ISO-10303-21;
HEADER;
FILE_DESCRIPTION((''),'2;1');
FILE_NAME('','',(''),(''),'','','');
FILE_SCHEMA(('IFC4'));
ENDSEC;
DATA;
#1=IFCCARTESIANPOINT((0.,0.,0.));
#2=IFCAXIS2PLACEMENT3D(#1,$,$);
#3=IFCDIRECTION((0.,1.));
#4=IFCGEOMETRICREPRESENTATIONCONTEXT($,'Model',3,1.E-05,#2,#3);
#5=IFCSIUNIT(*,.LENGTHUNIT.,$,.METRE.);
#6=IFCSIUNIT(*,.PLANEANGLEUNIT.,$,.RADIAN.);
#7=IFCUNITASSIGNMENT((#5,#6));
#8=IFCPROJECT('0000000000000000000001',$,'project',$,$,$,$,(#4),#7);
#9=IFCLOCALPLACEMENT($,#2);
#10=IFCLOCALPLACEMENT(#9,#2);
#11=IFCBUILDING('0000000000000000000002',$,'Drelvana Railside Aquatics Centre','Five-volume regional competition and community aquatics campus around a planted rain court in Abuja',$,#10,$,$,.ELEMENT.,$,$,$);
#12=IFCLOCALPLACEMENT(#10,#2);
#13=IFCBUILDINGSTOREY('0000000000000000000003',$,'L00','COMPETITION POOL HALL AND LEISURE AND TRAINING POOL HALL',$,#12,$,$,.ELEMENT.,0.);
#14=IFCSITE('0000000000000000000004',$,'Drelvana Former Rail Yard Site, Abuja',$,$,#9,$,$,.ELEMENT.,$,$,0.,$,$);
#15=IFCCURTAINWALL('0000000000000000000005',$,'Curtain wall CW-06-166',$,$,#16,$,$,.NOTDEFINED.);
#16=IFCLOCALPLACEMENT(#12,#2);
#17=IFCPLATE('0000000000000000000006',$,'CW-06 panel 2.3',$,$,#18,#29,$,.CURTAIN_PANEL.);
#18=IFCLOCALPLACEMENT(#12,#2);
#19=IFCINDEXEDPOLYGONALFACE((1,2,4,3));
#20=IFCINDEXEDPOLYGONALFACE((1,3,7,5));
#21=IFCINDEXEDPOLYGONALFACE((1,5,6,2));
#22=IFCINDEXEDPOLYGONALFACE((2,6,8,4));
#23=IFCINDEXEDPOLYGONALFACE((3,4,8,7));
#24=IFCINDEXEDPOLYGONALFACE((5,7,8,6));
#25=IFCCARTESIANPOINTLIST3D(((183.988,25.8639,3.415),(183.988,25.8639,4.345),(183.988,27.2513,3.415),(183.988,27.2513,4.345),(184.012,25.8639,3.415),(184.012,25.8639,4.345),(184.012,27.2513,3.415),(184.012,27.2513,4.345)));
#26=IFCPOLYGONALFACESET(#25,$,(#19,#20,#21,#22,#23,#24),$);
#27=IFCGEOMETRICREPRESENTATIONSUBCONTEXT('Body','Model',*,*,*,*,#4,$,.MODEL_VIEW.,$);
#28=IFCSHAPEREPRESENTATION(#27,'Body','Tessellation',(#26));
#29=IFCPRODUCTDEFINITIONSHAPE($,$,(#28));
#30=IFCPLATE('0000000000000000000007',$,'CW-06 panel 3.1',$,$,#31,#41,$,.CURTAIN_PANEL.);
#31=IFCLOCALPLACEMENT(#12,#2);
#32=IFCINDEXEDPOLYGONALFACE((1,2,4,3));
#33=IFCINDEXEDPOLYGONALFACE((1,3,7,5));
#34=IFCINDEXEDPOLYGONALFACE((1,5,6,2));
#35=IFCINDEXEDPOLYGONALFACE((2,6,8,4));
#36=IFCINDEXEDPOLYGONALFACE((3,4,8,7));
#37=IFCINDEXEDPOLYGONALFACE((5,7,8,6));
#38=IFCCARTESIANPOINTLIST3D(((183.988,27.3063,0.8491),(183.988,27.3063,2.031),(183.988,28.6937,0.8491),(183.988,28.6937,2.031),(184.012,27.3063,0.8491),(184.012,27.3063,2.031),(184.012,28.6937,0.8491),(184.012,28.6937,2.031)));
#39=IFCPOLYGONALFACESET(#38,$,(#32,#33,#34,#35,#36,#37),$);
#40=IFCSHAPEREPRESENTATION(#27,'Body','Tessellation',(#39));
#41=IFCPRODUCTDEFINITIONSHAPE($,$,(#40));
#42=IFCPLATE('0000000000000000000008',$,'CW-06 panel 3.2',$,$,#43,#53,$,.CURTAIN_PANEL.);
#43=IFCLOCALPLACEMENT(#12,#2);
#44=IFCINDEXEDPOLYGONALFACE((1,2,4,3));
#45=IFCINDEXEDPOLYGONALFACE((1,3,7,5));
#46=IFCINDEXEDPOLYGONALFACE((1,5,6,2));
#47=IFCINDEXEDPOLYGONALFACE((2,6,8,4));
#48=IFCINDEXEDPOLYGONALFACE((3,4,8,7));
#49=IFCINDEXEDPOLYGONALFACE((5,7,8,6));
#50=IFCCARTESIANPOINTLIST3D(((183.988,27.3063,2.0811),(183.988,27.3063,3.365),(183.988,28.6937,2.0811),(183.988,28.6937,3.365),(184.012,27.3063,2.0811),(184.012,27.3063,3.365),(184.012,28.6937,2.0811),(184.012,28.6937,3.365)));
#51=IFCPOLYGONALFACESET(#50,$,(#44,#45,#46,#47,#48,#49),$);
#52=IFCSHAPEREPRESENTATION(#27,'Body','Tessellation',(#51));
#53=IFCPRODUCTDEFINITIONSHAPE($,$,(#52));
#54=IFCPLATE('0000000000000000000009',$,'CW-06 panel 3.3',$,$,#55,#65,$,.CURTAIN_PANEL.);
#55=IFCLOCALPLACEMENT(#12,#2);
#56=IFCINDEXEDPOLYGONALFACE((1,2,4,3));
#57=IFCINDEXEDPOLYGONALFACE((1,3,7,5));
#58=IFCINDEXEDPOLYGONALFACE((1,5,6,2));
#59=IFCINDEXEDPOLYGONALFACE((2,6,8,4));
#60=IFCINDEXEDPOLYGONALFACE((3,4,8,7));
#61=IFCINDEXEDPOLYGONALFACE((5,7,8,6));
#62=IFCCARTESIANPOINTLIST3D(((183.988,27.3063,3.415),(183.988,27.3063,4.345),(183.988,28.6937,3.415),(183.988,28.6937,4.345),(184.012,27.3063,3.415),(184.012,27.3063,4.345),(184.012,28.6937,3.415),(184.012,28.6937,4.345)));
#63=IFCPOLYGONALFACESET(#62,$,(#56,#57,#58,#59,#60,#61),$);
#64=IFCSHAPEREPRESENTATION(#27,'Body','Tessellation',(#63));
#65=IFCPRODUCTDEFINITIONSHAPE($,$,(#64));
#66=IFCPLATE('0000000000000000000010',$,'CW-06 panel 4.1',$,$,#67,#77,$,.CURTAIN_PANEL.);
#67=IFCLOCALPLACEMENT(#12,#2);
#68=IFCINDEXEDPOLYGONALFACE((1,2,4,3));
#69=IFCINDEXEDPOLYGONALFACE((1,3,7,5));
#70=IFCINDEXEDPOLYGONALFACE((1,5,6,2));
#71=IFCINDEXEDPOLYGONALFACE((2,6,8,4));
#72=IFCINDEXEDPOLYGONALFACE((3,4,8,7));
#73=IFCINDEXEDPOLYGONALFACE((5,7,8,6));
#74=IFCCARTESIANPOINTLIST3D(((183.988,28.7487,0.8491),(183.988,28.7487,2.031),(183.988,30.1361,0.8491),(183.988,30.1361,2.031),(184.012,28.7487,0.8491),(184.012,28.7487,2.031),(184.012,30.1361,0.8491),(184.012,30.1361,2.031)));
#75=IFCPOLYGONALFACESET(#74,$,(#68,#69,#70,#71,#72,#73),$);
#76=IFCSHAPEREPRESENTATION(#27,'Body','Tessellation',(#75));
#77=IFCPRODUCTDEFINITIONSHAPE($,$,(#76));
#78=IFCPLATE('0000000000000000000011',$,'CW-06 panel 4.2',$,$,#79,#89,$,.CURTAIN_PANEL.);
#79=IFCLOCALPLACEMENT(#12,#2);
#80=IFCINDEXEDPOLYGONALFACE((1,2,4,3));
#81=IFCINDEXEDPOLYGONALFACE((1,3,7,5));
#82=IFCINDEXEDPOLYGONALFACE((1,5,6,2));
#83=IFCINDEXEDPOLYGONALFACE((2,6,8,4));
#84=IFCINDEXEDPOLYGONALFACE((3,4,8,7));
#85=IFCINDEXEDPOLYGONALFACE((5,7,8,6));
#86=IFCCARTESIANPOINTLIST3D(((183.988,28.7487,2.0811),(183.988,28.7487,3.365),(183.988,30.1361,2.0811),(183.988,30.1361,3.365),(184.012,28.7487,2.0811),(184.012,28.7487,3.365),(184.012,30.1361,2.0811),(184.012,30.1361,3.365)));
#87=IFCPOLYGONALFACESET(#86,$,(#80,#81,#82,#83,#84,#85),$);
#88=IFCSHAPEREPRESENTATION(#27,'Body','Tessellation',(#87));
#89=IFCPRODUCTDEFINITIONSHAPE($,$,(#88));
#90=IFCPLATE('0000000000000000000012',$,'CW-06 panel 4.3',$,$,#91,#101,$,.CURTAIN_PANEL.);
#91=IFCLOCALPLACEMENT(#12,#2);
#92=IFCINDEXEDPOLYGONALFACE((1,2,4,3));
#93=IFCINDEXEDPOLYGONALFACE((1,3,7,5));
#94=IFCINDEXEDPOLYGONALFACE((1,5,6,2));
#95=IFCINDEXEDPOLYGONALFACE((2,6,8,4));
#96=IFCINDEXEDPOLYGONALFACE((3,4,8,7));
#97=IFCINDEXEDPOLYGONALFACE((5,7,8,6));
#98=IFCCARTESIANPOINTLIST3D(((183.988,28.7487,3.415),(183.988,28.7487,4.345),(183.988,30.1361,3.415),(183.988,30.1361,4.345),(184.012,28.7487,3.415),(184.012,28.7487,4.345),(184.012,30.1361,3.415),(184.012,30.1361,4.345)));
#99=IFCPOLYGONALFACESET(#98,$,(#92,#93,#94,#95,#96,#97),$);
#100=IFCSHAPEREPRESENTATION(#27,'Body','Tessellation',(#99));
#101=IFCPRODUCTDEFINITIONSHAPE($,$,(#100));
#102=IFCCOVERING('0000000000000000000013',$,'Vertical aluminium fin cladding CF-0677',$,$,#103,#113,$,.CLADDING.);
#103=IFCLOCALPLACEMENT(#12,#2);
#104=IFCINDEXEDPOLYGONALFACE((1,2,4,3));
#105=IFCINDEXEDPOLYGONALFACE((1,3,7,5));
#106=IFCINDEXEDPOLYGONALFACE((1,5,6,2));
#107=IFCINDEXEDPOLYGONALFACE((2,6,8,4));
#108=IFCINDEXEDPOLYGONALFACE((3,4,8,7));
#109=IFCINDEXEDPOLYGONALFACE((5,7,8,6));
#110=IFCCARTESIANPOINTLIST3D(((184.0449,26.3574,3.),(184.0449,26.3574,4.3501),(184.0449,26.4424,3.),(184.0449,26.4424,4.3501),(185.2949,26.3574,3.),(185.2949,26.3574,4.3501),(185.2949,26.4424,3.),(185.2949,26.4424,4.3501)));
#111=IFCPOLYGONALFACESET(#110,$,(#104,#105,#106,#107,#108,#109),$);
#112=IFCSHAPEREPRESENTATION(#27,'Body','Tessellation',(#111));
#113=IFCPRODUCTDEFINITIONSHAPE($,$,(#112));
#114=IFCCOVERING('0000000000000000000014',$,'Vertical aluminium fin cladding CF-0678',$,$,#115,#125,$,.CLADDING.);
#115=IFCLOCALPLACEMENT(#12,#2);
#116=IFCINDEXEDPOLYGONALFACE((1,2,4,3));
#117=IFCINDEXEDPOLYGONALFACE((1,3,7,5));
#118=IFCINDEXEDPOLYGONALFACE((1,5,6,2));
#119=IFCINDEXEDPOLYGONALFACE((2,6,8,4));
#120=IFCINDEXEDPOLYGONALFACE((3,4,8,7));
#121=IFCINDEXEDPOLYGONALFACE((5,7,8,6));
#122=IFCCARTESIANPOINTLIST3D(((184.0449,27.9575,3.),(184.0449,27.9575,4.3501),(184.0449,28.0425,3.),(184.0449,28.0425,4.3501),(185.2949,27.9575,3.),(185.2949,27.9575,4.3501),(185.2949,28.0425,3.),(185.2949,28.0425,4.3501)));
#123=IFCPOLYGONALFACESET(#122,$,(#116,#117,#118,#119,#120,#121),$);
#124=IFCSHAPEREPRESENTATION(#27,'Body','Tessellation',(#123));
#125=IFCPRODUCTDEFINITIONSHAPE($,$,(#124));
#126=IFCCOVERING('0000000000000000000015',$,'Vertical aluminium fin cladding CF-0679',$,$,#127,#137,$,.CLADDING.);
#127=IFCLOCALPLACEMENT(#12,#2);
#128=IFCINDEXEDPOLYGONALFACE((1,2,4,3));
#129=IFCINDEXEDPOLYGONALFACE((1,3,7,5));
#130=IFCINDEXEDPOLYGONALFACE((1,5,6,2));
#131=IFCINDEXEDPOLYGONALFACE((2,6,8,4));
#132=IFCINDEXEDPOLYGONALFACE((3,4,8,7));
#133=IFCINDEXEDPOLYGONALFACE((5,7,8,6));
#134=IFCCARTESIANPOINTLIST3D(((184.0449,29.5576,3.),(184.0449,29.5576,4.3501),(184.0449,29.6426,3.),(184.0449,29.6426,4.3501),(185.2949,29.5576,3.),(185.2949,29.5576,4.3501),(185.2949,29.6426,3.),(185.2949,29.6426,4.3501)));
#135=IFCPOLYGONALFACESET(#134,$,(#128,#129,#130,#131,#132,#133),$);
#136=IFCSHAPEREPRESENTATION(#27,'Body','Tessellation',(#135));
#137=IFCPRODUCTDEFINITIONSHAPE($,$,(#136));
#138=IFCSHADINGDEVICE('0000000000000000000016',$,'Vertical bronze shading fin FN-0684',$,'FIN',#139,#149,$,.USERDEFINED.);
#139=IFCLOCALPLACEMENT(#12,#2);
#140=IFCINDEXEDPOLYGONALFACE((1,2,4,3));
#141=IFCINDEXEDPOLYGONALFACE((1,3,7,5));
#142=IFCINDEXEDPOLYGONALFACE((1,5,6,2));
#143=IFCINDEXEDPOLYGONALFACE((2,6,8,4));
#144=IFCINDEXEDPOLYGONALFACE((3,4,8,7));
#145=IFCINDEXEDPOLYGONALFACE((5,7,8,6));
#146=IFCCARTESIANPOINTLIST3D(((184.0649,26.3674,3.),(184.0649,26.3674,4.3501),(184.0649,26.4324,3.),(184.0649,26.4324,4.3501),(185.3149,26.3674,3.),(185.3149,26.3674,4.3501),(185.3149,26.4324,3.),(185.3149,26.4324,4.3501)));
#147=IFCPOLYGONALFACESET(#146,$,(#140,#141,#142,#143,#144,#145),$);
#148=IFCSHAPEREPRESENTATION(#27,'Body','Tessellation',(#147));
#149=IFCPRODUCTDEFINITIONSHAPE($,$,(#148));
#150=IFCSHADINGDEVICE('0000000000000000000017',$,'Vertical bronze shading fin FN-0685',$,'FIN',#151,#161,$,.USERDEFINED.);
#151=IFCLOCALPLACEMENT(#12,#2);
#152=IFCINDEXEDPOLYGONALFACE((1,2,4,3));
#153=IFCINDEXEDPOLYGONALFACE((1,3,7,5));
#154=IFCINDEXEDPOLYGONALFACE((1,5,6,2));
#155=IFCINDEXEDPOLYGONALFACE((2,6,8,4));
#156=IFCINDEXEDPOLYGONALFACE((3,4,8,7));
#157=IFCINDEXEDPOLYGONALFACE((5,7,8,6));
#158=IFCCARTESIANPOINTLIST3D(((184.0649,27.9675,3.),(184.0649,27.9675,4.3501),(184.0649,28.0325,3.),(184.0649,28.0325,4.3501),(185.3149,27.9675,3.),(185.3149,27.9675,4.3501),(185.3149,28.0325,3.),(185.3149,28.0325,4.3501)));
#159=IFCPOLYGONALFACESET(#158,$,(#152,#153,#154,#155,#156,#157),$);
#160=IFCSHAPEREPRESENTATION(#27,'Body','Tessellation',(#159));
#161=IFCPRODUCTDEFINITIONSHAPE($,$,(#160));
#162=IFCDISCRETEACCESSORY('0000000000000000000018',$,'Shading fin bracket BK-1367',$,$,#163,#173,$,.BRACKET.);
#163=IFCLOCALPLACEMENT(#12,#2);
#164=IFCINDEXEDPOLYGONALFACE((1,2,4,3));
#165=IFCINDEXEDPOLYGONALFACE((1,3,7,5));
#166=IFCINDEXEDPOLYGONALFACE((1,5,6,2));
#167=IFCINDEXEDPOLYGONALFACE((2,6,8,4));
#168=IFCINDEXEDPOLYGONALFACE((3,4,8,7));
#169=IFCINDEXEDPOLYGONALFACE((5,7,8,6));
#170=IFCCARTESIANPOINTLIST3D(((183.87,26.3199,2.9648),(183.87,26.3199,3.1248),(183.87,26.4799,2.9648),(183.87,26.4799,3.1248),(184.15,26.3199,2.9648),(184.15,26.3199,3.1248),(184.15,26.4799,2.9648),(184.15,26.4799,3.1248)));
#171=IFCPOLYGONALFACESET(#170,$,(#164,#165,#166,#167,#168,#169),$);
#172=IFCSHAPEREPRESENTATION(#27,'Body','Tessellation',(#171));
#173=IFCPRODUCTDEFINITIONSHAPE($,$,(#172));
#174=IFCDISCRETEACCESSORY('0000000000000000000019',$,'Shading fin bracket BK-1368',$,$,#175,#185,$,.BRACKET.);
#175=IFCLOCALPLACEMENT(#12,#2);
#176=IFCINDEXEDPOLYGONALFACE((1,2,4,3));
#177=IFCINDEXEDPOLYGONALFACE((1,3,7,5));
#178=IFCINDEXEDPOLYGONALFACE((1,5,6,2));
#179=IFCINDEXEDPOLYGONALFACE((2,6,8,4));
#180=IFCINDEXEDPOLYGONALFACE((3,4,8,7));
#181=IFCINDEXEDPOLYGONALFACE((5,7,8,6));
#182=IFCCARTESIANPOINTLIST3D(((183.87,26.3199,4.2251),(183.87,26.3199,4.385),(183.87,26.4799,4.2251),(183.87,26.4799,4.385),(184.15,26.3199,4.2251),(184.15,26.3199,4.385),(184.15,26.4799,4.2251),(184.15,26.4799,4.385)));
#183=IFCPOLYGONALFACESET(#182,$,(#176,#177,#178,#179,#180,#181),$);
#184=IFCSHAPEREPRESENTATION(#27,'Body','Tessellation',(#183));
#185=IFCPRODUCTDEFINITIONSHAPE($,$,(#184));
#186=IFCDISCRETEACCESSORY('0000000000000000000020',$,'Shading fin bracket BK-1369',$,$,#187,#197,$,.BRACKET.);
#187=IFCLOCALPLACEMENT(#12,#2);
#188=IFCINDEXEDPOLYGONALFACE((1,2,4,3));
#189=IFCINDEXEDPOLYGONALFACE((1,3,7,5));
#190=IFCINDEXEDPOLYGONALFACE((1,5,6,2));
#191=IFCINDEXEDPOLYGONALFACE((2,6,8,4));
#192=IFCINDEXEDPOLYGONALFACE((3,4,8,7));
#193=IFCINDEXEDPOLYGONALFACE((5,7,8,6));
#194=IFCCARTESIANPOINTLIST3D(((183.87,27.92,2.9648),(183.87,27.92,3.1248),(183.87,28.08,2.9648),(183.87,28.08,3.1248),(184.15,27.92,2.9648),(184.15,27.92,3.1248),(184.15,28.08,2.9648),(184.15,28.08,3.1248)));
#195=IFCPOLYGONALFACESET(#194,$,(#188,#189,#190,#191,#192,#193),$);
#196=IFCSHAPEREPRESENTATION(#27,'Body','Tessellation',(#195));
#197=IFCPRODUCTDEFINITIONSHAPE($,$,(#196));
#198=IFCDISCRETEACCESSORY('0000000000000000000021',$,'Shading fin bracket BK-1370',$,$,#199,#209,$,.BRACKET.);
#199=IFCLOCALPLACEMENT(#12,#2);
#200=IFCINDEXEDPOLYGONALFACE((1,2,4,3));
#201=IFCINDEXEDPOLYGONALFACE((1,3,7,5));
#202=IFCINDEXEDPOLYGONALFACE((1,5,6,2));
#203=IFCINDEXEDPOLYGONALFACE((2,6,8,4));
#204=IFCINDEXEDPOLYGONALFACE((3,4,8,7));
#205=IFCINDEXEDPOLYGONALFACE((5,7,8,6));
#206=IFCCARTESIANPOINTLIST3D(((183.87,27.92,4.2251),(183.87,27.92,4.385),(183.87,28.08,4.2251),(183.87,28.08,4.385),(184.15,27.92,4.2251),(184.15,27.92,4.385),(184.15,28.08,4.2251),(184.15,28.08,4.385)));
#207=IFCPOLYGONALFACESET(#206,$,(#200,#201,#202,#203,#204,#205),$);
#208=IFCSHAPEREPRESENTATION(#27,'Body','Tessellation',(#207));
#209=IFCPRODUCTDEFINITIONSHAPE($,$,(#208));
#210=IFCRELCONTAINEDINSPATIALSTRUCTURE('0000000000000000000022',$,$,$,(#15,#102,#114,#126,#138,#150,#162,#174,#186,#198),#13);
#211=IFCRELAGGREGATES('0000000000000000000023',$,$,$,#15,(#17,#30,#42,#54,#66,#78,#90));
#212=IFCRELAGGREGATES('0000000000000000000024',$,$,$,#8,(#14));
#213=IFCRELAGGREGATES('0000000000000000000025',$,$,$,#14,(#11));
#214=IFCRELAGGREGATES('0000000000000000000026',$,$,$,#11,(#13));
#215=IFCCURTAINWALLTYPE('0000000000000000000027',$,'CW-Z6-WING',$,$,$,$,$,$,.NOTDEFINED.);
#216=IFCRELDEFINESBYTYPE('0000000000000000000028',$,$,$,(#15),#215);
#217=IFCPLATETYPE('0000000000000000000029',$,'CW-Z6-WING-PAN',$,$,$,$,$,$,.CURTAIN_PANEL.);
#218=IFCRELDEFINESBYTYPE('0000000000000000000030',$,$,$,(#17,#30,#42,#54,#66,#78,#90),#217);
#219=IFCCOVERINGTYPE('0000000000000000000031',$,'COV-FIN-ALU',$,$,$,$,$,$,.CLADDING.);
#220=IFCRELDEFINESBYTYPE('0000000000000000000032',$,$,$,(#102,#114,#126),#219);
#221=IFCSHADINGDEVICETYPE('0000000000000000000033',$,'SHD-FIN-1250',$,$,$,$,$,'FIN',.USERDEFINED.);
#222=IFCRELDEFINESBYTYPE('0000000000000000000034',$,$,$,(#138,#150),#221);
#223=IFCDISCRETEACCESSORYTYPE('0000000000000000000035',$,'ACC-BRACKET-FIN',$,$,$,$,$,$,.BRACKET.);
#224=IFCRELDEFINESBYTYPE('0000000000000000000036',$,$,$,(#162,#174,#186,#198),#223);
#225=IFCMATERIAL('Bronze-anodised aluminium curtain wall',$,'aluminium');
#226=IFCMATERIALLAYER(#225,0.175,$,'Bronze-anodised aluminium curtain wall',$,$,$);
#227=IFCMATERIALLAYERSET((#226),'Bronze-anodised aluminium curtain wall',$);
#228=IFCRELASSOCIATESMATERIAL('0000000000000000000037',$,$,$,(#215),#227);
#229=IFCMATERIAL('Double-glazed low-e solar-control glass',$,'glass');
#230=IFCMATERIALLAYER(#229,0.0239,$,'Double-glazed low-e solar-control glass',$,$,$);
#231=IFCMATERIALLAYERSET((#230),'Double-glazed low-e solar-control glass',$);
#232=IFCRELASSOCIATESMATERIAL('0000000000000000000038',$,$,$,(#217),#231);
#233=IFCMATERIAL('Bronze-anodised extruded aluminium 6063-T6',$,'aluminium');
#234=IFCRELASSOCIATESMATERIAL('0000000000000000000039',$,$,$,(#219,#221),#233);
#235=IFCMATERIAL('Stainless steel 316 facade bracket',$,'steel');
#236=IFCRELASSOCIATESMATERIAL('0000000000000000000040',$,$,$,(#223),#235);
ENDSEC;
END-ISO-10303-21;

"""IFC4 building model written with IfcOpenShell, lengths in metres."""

from ifc_helpers import new_model, si_unit, direction, frame, origin, origin_2d, place, context, subcontext, project, spatial, rectangle, extrude, material, layer, layer_set, type_object, element, aggregate, save


model = new_model("IFC4")

# Units and contexts
model_context = context("Model", 3, precision=1e-05, world=origin(), true_north=direction((0.0, 1.0)))
body_context = subcontext(model_context, "Body", "Model", "MODEL_VIEW")
ifc_project = project(units=[si_unit("LENGTHUNIT", "METRE"), si_unit("PLANEANGLEUNIT", "RADIAN")], contexts=[model_context])

# Site, building, storey
site_placement = place(None, origin())
site = spatial("IfcSite", under=ifc_project, at=site_placement, Name="Drelvana Former Rail Yard Site, Abuja", CompositionType="ELEMENT", RefElevation=0.0)
building_placement = place(site_placement, origin())
building = spatial("IfcBuilding", under=site, at=building_placement, Name="Drelvana Railside Aquatics Centre", Description="Five-volume regional competition and community aquatics campus around a planted rain court in Abuja", CompositionType="ELEMENT")
storey_placement = place(building_placement, origin())
storey = spatial("IfcBuildingStorey", under=building, at=storey_placement, Name="L00", Description="COMPETITION POOL HALL AND LEISURE AND TRAINING POOL HALL", CompositionType="ELEMENT", Elevation=0.0)

# Curtain wall, plates
ifc_material_1 = material(Name="Bronze-anodised aluminium curtain wall", Category="aluminium")
ifc_layer_1 = layer(ifc_material_1, 0.175, Name="Bronze-anodised aluminium curtain wall")
ifc_layer_set_1 = layer_set([ifc_layer_1], Name="Bronze-anodised aluminium curtain wall")
curtain_wall_type = type_object("IfcCurtainWallType", Name="CW-Z6-WING", PredefinedType="NOTDEFINED", material=ifc_layer_set_1)
curtain_wall_placement = place(storey_placement, origin())
curtain_wall = element("IfcCurtainWall", 1, at=curtain_wall_placement, inside=storey, type_object=curtain_wall_type, Name="Curtain wall CW-06-166", PredefinedType="NOTDEFINED")
ifc_material_2 = material(Name="Double-glazed low-e solar-control glass", Category="glass")
ifc_layer_2 = layer(ifc_material_2, 0.0239, Name="Double-glazed low-e solar-control glass")
ifc_layer_set_2 = layer_set([ifc_layer_2], Name="Double-glazed low-e solar-control glass")
plate_type = type_object("IfcPlateType", Name="CW-Z6-WING-PAN", PredefinedType="CURTAIN_PANEL", material=ifc_layer_set_2)
plate_1_placement = place(storey_placement, frame((184.0, 26.5576, 3.415), z_axis=(0.0, 0.0, 1.0), x_axis=(0.0, 1.0, 0.0)))
plate_1 = element("IfcPlate", 2, at=plate_1_placement, type_object=plate_type, Name="CW-06 panel 2.3", PredefinedType="CURTAIN_PANEL", context=body_context, shape_type="SweptSolid", body=[
    extrude(rectangle(XDim=1.3875, YDim=0.0239, at=origin_2d()), origin(), (0.0, 0.0, 1.0), 0.9299),
])
plate_2_placement = place(storey_placement, frame((184.0, 28.0, 0.8491), z_axis=(0.0, 0.0, 1.0), x_axis=(0.0, 1.0, 0.0)))
plate_2 = element("IfcPlate", 3, at=plate_2_placement, type_object=plate_type, Name="CW-06 panel 3.1", PredefinedType="CURTAIN_PANEL", context=body_context, shape_type="SweptSolid", body=[
    extrude(rectangle(XDim=1.3875, YDim=0.0239, at=origin_2d()), origin(), (0.0, 0.0, 1.0), 1.1819),
])
plate_3_placement = place(storey_placement, frame((184.0, 28.0, 2.0811), z_axis=(0.0, 0.0, 1.0), x_axis=(0.0, 1.0, 0.0)))
plate_3 = element("IfcPlate", 4, at=plate_3_placement, type_object=plate_type, Name="CW-06 panel 3.2", PredefinedType="CURTAIN_PANEL", context=body_context, shape_type="SweptSolid", body=[
    extrude(rectangle(XDim=1.3875, YDim=0.0239, at=origin_2d()), origin(), (0.0, 0.0, 1.0), 1.2839),
])
plate_4_placement = place(storey_placement, frame((184.0, 28.0, 3.415), z_axis=(0.0, 0.0, 1.0), x_axis=(0.0, 1.0, 0.0)))
plate_4 = element("IfcPlate", 5, at=plate_4_placement, type_object=plate_type, Name="CW-06 panel 3.3", PredefinedType="CURTAIN_PANEL", context=body_context, shape_type="SweptSolid", body=[
    extrude(rectangle(XDim=1.3875, YDim=0.0239, at=origin_2d()), origin(), (0.0, 0.0, 1.0), 0.9299),
])
plate_5_placement = place(storey_placement, frame((184.0, 29.4424, 0.8491), z_axis=(0.0, 0.0, 1.0), x_axis=(0.0, 1.0, 0.0)))
plate_5 = element("IfcPlate", 6, at=plate_5_placement, type_object=plate_type, Name="CW-06 panel 4.1", PredefinedType="CURTAIN_PANEL", context=body_context, shape_type="SweptSolid", body=[
    extrude(rectangle(XDim=1.3875, YDim=0.0239, at=origin_2d()), origin(), (0.0, 0.0, 1.0), 1.1819),
])
plate_6_placement = place(storey_placement, frame((184.0, 29.4424, 2.0811), z_axis=(0.0, 0.0, 1.0), x_axis=(0.0, 1.0, 0.0)))
plate_6 = element("IfcPlate", 7, at=plate_6_placement, type_object=plate_type, Name="CW-06 panel 4.2", PredefinedType="CURTAIN_PANEL", context=body_context, shape_type="SweptSolid", body=[
    extrude(rectangle(XDim=1.3875, YDim=0.0239, at=origin_2d()), origin(), (0.0, 0.0, 1.0), 1.2839),
])
plate_7_placement = place(storey_placement, frame((184.0, 29.4424, 3.415), z_axis=(0.0, 0.0, 1.0), x_axis=(0.0, 1.0, 0.0)))
plate_7 = element("IfcPlate", 8, at=plate_7_placement, type_object=plate_type, Name="CW-06 panel 4.3", PredefinedType="CURTAIN_PANEL", context=body_context, shape_type="SweptSolid", body=[
    extrude(rectangle(XDim=1.3875, YDim=0.0239, at=origin_2d()), origin(), (0.0, 0.0, 1.0), 0.9299),
])
aggregate(curtain_wall, [plate_1, plate_2, plate_3, plate_4, plate_5, plate_6, plate_7])

# Coverings
ifc_material_3 = material(Name="Bronze-anodised extruded aluminium 6063-T6", Category="aluminium")
covering_type = type_object("IfcCoveringType", Name="COV-FIN-ALU", PredefinedType="CLADDING", material=ifc_material_3)
for number, where, z_axis, x_axis, name in (
    (9, (184.6699, 26.3999, 3.0), (0.0, 0.0, 1.0), (0.0, -1.0, 0.0), "Vertical aluminium fin cladding CF-0677"),
    (10, (184.6699, 28.0, 3.0), (0.0, 0.0, 1.0), (0.0, -1.0, 0.0), "Vertical aluminium fin cladding CF-0678"),
    (11, (184.6699, 29.6001, 3.0), (0.0, 0.0, 1.0), (0.0, -1.0, 0.0), "Vertical aluminium fin cladding CF-0679"),
):
    element("IfcCovering", number, at=place(storey_placement, frame(where, z_axis=z_axis, x_axis=x_axis)), inside=storey, type_object=covering_type, Name=name, PredefinedType="CLADDING", context=body_context, shape_type="SweptSolid", body=[
        extrude(rectangle(XDim=0.085, YDim=1.25, at=origin_2d()), origin(), (0.0, 0.0, 1.0), 1.3501),
    ])

# Shading devices
shading_device_type = type_object("IfcShadingDeviceType", Name="SHD-FIN-1250", ElementType="FIN", PredefinedType="USERDEFINED", material=ifc_material_3)
for number, where, z_axis, x_axis, name in (
    (12, (184.6899, 26.3999, 3.0), (0.0, 0.0, 1.0), (1.0, 0.0, 0.0), "Vertical bronze shading fin FN-0684"),
    (13, (184.6899, 28.0, 3.0), (0.0, 0.0, 1.0), (1.0, 0.0, 0.0), "Vertical bronze shading fin FN-0685"),
):
    element("IfcShadingDevice", number, at=place(storey_placement, frame(where, z_axis=z_axis, x_axis=x_axis)), inside=storey, type_object=shading_device_type, Name=name, ObjectType="FIN", PredefinedType="USERDEFINED", context=body_context, shape_type="SweptSolid", body=[
        extrude(rectangle(XDim=1.25, YDim=0.0649, at=origin_2d()), origin(), (0.0, 0.0, 1.0), 1.3501),
    ])

# Discrete accessories
ifc_material_4 = material(Name="Stainless steel 316 facade bracket", Category="steel")
discrete_accessory_type = type_object("IfcDiscreteAccessoryType", Name="ACC-BRACKET-FIN", PredefinedType="BRACKET", material=ifc_material_4)
for number, where, z_axis, x_axis, name in (
    (14, (184.01, 26.3999, 2.9648), (0.0, 0.0, 1.0), (1.0, 0.0, 0.0), "Shading fin bracket BK-1367"),
    (15, (184.01, 26.3999, 4.2251), (0.0, 0.0, 1.0), (1.0, 0.0, 0.0), "Shading fin bracket BK-1368"),
    (16, (184.01, 28.0, 2.9648), (0.0, 0.0, 1.0), (1.0, 0.0, 0.0), "Shading fin bracket BK-1369"),
    (17, (184.01, 28.0, 4.2251), (0.0, 0.0, 1.0), (1.0, 0.0, 0.0), "Shading fin bracket BK-1370"),
):
    element("IfcDiscreteAccessory", number, at=place(storey_placement, frame(where, z_axis=z_axis, x_axis=x_axis)), inside=storey, type_object=discrete_accessory_type, Name=name, PredefinedType="BRACKET", context=body_context, shape_type="SweptSolid", body=[
        extrude(rectangle(XDim=0.28, YDim=0.1599, at=origin_2d()), origin(), (0.0, 0.0, 1.0), 0.1599),
    ])

save(model, "model.ifc")
